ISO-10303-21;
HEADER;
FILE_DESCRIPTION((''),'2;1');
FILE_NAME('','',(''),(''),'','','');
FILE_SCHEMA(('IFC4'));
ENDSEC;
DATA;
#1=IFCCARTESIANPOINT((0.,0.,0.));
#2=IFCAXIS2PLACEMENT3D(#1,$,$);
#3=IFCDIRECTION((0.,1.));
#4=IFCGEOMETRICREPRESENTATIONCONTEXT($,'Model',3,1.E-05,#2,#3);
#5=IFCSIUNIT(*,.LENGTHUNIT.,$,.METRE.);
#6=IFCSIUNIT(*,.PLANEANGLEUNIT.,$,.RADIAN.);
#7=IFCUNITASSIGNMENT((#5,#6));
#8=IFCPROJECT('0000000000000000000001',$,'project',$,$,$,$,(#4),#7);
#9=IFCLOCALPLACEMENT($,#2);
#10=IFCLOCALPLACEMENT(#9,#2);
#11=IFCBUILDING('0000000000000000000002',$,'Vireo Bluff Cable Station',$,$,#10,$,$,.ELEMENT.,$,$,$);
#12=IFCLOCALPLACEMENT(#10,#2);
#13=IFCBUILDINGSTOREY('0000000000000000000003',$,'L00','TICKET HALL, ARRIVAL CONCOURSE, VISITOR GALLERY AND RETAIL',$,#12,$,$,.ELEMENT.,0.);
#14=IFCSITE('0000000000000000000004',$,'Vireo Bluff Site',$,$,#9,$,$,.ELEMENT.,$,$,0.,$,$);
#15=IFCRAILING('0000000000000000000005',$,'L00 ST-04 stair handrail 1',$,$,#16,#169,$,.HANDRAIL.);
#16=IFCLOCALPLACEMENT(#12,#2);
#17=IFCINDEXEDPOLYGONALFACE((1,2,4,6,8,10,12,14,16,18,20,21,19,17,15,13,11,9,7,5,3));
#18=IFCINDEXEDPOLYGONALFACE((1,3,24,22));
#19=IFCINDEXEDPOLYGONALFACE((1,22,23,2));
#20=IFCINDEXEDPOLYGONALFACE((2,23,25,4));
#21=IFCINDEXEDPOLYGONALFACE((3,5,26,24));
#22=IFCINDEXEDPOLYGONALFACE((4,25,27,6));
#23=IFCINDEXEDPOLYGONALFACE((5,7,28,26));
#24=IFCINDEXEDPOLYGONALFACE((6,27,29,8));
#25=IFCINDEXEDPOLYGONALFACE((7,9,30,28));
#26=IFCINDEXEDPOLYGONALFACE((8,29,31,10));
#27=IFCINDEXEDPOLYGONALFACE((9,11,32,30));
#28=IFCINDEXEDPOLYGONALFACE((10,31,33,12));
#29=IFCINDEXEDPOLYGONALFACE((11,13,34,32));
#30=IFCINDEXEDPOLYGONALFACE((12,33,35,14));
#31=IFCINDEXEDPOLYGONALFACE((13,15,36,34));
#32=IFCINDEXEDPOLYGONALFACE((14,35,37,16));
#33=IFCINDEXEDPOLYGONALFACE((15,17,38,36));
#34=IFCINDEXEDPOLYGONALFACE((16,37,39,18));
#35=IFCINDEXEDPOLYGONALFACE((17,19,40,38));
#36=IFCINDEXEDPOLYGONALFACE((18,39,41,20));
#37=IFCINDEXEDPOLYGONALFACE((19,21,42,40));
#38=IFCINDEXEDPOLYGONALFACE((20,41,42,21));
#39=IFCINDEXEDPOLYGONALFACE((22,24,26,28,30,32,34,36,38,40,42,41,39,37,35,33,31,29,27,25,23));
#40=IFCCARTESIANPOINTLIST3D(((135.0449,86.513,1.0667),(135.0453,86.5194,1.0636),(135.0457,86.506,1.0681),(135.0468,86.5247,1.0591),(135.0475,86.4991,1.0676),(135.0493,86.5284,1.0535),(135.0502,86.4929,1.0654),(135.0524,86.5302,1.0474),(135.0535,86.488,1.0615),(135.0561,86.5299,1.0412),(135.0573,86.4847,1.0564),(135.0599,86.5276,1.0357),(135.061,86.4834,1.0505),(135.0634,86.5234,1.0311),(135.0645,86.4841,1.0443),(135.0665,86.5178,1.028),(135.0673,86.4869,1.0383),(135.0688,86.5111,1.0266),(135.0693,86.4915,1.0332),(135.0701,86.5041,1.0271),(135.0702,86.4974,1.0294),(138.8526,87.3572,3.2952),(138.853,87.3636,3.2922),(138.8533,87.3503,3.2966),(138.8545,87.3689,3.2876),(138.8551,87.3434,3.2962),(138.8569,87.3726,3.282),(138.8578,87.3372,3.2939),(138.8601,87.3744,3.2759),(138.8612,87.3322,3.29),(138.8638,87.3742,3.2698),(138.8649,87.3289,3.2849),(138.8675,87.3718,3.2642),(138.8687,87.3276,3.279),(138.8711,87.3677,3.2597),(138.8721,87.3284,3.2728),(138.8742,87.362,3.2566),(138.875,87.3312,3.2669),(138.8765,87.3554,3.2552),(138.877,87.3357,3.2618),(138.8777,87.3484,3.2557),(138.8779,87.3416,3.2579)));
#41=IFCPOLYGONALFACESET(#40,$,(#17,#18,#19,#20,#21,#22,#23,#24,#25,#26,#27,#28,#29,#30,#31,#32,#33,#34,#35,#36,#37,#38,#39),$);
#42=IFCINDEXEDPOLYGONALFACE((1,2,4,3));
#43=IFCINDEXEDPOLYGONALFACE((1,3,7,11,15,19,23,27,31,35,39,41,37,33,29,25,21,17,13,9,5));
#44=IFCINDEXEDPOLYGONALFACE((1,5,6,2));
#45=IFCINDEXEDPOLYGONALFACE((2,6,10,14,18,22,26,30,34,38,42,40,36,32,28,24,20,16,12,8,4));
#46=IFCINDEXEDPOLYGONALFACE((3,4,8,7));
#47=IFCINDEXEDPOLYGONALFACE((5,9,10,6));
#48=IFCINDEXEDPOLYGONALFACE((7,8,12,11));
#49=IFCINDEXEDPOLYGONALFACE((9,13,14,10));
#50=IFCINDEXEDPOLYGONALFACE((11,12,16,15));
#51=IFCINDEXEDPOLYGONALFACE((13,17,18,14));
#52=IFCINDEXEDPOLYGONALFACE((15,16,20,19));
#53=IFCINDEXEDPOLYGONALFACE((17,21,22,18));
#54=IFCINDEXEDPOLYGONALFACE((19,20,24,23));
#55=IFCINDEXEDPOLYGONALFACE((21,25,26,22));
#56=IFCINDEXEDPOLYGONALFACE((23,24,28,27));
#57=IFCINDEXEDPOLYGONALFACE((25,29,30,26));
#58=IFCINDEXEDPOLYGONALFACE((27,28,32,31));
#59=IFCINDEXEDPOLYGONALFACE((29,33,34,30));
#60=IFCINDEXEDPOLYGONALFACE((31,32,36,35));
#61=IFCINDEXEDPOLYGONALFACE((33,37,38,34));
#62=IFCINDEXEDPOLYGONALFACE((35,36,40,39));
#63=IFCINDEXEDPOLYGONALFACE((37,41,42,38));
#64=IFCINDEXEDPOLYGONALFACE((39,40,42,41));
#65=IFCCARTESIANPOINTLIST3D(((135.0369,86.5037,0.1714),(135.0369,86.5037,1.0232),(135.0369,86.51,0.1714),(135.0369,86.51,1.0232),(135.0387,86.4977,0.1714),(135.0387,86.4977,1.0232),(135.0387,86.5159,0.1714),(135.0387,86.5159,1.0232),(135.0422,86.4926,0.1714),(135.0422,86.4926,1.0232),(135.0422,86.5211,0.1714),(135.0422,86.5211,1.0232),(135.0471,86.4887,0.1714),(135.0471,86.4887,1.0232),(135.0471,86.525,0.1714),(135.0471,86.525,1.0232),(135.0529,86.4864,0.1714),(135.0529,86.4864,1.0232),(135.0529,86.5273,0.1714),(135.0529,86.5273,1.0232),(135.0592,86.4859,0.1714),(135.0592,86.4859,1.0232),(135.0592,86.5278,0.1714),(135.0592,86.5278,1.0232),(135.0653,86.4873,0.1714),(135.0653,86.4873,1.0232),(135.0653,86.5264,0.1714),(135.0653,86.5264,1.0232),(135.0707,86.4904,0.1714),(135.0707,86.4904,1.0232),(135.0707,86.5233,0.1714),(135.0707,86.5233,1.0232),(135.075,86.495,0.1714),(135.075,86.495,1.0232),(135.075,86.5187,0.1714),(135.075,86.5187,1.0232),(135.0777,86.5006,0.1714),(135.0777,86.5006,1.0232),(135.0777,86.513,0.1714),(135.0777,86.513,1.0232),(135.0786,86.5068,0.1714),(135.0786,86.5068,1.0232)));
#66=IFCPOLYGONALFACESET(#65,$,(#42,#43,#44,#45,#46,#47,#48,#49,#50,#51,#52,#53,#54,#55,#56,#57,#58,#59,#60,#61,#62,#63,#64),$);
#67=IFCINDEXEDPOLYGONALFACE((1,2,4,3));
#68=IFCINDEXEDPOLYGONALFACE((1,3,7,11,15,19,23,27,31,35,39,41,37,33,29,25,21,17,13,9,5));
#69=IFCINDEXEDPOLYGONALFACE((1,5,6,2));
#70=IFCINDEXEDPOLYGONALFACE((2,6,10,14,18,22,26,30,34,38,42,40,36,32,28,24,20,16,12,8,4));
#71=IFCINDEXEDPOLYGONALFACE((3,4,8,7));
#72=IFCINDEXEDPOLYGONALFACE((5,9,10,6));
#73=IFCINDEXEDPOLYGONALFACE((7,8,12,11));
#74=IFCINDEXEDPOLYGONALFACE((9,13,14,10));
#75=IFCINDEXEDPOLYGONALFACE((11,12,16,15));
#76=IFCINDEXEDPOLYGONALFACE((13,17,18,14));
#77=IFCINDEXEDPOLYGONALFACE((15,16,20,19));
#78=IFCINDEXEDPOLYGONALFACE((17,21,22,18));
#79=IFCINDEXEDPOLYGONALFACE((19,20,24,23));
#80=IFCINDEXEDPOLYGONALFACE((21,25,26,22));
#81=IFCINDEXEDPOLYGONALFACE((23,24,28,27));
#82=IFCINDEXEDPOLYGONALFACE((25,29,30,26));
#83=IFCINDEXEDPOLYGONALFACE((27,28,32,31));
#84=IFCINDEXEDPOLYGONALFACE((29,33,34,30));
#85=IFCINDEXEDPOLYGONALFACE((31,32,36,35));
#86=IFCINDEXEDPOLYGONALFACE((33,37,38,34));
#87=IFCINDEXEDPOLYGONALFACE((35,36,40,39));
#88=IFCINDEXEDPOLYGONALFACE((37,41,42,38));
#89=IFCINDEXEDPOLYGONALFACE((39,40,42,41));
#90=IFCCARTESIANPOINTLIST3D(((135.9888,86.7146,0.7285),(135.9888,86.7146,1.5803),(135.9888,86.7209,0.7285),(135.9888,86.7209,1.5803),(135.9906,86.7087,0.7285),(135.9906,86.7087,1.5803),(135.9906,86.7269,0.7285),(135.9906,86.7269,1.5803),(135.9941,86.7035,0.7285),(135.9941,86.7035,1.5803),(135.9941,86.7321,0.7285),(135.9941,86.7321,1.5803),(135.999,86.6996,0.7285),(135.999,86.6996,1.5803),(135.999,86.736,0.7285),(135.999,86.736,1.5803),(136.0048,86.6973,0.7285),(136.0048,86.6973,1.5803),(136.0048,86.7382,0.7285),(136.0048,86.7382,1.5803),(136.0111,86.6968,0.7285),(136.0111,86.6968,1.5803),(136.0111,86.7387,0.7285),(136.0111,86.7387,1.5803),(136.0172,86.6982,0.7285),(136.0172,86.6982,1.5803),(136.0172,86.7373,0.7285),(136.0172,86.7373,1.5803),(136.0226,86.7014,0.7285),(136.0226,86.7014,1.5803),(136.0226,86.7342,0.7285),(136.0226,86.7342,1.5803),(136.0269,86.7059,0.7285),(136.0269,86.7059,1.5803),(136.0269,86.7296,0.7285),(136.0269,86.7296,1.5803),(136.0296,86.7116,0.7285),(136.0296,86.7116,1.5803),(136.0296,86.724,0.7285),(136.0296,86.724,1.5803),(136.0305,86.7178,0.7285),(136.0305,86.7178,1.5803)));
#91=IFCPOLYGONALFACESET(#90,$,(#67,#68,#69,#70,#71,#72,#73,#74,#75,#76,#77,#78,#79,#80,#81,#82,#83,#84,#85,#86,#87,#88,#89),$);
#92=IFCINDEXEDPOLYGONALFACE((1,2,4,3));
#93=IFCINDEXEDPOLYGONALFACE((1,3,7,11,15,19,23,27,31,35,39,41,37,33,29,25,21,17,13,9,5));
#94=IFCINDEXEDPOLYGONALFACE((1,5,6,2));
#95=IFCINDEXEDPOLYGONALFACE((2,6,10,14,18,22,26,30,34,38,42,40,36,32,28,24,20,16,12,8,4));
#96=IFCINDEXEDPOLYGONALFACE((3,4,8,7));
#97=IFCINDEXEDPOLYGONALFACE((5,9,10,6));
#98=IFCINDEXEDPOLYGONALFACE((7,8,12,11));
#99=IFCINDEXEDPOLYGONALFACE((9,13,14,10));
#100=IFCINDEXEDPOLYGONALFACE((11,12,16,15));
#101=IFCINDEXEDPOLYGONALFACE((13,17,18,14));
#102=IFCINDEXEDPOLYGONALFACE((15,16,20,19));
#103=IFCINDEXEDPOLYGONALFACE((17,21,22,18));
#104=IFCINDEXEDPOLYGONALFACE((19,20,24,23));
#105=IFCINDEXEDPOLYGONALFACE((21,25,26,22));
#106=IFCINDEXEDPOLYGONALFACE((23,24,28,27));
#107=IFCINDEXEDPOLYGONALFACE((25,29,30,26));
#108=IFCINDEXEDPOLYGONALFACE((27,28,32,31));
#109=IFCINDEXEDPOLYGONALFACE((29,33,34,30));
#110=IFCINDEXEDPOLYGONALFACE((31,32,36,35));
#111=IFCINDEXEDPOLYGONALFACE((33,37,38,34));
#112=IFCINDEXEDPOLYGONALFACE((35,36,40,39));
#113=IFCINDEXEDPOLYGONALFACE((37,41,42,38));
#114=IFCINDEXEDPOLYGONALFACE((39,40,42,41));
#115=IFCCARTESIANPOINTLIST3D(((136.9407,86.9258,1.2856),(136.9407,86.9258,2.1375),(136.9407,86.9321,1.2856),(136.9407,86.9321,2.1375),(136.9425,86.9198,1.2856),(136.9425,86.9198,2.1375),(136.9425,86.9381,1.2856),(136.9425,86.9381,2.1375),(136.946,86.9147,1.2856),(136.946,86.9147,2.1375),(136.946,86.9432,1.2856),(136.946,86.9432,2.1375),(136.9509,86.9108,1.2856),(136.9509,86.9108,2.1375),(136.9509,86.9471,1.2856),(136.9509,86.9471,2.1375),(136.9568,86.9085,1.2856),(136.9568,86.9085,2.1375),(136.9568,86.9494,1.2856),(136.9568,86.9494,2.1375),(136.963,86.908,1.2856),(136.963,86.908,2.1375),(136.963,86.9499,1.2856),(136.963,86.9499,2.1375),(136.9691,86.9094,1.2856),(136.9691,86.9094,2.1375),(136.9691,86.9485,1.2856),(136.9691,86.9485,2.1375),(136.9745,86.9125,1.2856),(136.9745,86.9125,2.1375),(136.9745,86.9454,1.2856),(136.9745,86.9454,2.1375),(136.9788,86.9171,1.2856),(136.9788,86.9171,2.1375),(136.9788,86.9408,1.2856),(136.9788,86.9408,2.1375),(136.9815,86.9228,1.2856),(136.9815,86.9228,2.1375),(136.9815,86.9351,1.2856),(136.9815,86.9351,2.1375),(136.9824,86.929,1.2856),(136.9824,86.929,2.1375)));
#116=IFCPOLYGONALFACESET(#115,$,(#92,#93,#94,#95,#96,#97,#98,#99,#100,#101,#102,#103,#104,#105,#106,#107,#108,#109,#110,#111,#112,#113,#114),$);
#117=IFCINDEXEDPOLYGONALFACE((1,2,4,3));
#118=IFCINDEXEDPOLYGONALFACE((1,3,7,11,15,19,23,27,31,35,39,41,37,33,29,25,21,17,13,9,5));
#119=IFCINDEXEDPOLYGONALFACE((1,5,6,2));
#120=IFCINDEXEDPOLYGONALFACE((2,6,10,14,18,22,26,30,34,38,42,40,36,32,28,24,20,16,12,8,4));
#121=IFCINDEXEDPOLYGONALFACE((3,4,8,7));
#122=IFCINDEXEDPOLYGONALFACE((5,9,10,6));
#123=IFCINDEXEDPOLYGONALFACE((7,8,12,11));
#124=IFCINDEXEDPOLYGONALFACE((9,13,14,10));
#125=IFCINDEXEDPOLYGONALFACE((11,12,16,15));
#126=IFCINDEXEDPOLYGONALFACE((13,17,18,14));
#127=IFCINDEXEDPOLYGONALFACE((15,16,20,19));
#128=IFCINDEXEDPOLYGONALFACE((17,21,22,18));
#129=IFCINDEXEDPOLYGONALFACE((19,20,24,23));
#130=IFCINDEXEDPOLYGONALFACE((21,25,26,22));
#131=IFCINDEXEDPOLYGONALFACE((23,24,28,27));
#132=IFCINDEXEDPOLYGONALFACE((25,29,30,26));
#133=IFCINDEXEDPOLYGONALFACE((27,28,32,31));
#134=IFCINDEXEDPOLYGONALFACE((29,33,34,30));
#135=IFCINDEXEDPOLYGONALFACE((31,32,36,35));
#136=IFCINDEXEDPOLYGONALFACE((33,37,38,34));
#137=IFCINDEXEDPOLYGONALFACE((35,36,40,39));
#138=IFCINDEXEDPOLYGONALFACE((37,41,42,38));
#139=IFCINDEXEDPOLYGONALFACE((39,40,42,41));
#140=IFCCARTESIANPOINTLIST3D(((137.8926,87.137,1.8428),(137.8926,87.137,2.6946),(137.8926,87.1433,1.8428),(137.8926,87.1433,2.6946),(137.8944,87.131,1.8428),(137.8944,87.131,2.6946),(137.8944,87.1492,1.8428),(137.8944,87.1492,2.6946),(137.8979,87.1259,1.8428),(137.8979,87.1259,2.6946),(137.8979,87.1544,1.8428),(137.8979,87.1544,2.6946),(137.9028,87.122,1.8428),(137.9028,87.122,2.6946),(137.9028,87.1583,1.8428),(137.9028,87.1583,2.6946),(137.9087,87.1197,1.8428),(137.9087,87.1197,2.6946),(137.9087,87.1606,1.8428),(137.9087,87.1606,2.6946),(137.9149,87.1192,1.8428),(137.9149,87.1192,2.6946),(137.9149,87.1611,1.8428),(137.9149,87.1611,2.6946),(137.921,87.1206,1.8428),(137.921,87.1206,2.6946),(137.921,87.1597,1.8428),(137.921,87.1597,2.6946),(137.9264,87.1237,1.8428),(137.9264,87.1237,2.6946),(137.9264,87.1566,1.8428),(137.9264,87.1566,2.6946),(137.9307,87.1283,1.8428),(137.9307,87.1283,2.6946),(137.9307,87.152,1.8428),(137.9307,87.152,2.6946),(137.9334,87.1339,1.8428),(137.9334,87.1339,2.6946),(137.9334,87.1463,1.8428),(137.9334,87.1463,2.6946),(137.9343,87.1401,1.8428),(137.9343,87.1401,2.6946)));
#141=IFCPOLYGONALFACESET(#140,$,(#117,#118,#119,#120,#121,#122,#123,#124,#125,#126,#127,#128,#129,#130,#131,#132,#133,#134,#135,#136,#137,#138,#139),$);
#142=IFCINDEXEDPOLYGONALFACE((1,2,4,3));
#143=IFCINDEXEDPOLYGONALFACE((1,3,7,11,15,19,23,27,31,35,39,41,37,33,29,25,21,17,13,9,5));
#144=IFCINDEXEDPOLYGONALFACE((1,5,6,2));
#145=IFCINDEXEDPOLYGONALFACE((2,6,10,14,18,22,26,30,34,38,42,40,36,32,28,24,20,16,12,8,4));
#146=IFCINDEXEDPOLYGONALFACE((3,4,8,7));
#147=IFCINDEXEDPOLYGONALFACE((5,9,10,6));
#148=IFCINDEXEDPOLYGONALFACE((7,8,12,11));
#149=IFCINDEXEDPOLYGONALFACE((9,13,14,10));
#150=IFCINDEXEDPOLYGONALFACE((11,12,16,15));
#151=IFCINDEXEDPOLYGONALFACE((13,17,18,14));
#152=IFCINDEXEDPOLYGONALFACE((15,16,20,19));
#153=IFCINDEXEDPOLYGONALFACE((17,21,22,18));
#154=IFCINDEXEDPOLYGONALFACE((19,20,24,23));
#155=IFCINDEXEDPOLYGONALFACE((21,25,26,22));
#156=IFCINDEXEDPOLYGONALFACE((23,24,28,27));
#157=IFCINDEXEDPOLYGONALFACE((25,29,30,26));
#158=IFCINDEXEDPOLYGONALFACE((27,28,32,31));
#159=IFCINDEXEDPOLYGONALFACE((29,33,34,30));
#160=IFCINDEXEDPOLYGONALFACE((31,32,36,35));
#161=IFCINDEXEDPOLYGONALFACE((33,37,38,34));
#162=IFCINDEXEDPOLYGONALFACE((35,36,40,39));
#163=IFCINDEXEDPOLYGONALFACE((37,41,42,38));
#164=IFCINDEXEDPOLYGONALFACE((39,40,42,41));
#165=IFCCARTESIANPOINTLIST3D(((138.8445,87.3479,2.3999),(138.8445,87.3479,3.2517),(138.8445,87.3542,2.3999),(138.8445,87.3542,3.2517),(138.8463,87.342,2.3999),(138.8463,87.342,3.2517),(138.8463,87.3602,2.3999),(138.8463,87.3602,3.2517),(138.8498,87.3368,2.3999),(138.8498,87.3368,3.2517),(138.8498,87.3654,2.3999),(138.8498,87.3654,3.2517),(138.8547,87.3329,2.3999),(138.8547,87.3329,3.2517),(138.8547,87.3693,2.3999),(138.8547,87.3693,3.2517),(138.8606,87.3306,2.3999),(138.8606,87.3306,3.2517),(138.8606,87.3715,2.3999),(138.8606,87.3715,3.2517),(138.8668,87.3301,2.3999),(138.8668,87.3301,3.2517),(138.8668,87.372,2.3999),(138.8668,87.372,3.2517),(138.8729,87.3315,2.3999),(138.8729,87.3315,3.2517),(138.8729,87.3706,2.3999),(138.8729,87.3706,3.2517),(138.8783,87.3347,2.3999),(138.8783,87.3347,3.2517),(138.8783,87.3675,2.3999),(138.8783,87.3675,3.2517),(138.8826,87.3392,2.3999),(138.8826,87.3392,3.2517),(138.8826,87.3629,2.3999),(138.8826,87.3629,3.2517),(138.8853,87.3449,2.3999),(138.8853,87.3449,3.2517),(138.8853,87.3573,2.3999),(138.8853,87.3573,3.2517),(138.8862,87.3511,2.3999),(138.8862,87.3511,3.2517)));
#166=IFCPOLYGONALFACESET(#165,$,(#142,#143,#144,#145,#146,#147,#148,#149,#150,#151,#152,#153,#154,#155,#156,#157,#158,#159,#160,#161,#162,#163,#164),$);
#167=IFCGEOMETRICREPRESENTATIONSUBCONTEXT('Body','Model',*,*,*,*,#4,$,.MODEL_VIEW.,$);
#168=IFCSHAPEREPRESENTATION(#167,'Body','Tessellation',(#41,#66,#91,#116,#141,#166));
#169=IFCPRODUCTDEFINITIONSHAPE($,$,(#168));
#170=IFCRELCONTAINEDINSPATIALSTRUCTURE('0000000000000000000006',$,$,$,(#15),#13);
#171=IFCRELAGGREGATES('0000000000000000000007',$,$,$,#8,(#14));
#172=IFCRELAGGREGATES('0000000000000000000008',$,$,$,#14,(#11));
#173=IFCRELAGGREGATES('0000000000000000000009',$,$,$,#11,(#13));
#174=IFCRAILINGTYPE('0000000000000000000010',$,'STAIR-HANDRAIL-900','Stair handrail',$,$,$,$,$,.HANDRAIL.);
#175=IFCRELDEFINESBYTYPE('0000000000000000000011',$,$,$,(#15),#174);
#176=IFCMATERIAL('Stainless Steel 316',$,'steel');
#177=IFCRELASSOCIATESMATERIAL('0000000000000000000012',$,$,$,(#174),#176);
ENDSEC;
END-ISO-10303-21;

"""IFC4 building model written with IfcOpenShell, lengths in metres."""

from ifc_helpers import new_model, si_unit, direction, frame, origin, origin_2d, place, context, subcontext, project, spatial, circle, extrude, material, type_object, element, save


model = new_model("IFC4")

# Units and contexts
model_context = context("Model", 3, precision=1e-05, world=origin(), true_north=direction((0.0, 1.0)))
body_context = subcontext(model_context, "Body", "Model", "MODEL_VIEW")
ifc_project = project(units=[si_unit("LENGTHUNIT", "METRE"), si_unit("PLANEANGLEUNIT", "RADIAN")], contexts=[model_context])

# Site, building, storey
site_placement = place(None, origin())
site = spatial("IfcSite", under=ifc_project, at=site_placement, Name="Vireo Bluff Site", CompositionType="ELEMENT", RefElevation=0.0)
building_placement = place(site_placement, origin())
building = spatial("IfcBuilding", under=site, at=building_placement, Name="Vireo Bluff Cable Station", CompositionType="ELEMENT")
storey_placement = place(building_placement, origin())
storey = spatial("IfcBuildingStorey", under=building, at=storey_placement, Name="L00", Description="TICKET HALL, ARRIVAL CONCOURSE, VISITOR GALLERY AND RETAIL", CompositionType="ELEMENT", Elevation=0.0)

# Shared definitions
ifc_material_1 = material(Name="Stainless Steel 316", Category="steel")

# Railing
railing_type_1 = type_object("IfcRailingType", Name="STAIR-HANDRAIL-900", Description="Stair handrail", PredefinedType="HANDRAIL", material=ifc_material_1)
railing_1_placement = place(storey_placement, frame((135.0576, 86.5068, 0.1714)))
element("IfcRailing", 1, at=railing_1_placement, inside=storey, type_object=railing_type_1, Name="L00 ST-04 stair handrail 1", PredefinedType="HANDRAIL", context=body_context, shape_type="SweptSolid", body=[
    extrude(circle(Radius=0.0239, at=origin_2d()), frame((0.0, 0.0, 0.876), z_axis=(0.847667, 0.187948, 0.496121), x_axis=(-0.216466, 0.97629, 0.0)), (0.0, 0.0, 1.0), 4.4919),
    extrude(circle(Radius=0.021, at=origin_2d()), origin(), (0.0, 0.0, 1.0), 0.8518),
    extrude(circle(Radius=0.021, at=origin_2d()), frame((0.9519, 0.2109, 0.5571)), (0.0, 0.0, 1.0), 0.8518),
    extrude(circle(Radius=0.021, at=origin_2d()), frame((1.9038, 0.4221, 1.1143)), (0.0, 0.0, 1.0), 0.8518),
    extrude(circle(Radius=0.021, at=origin_2d()), frame((2.8557, 0.6333, 1.6714)), (0.0, 0.0, 1.0), 0.8518),
    extrude(circle(Radius=0.021, at=origin_2d()), frame((3.8076, 0.8442, 2.2285)), (0.0, 0.0, 1.0), 0.8518),
])

save(model, "model.ifc")
